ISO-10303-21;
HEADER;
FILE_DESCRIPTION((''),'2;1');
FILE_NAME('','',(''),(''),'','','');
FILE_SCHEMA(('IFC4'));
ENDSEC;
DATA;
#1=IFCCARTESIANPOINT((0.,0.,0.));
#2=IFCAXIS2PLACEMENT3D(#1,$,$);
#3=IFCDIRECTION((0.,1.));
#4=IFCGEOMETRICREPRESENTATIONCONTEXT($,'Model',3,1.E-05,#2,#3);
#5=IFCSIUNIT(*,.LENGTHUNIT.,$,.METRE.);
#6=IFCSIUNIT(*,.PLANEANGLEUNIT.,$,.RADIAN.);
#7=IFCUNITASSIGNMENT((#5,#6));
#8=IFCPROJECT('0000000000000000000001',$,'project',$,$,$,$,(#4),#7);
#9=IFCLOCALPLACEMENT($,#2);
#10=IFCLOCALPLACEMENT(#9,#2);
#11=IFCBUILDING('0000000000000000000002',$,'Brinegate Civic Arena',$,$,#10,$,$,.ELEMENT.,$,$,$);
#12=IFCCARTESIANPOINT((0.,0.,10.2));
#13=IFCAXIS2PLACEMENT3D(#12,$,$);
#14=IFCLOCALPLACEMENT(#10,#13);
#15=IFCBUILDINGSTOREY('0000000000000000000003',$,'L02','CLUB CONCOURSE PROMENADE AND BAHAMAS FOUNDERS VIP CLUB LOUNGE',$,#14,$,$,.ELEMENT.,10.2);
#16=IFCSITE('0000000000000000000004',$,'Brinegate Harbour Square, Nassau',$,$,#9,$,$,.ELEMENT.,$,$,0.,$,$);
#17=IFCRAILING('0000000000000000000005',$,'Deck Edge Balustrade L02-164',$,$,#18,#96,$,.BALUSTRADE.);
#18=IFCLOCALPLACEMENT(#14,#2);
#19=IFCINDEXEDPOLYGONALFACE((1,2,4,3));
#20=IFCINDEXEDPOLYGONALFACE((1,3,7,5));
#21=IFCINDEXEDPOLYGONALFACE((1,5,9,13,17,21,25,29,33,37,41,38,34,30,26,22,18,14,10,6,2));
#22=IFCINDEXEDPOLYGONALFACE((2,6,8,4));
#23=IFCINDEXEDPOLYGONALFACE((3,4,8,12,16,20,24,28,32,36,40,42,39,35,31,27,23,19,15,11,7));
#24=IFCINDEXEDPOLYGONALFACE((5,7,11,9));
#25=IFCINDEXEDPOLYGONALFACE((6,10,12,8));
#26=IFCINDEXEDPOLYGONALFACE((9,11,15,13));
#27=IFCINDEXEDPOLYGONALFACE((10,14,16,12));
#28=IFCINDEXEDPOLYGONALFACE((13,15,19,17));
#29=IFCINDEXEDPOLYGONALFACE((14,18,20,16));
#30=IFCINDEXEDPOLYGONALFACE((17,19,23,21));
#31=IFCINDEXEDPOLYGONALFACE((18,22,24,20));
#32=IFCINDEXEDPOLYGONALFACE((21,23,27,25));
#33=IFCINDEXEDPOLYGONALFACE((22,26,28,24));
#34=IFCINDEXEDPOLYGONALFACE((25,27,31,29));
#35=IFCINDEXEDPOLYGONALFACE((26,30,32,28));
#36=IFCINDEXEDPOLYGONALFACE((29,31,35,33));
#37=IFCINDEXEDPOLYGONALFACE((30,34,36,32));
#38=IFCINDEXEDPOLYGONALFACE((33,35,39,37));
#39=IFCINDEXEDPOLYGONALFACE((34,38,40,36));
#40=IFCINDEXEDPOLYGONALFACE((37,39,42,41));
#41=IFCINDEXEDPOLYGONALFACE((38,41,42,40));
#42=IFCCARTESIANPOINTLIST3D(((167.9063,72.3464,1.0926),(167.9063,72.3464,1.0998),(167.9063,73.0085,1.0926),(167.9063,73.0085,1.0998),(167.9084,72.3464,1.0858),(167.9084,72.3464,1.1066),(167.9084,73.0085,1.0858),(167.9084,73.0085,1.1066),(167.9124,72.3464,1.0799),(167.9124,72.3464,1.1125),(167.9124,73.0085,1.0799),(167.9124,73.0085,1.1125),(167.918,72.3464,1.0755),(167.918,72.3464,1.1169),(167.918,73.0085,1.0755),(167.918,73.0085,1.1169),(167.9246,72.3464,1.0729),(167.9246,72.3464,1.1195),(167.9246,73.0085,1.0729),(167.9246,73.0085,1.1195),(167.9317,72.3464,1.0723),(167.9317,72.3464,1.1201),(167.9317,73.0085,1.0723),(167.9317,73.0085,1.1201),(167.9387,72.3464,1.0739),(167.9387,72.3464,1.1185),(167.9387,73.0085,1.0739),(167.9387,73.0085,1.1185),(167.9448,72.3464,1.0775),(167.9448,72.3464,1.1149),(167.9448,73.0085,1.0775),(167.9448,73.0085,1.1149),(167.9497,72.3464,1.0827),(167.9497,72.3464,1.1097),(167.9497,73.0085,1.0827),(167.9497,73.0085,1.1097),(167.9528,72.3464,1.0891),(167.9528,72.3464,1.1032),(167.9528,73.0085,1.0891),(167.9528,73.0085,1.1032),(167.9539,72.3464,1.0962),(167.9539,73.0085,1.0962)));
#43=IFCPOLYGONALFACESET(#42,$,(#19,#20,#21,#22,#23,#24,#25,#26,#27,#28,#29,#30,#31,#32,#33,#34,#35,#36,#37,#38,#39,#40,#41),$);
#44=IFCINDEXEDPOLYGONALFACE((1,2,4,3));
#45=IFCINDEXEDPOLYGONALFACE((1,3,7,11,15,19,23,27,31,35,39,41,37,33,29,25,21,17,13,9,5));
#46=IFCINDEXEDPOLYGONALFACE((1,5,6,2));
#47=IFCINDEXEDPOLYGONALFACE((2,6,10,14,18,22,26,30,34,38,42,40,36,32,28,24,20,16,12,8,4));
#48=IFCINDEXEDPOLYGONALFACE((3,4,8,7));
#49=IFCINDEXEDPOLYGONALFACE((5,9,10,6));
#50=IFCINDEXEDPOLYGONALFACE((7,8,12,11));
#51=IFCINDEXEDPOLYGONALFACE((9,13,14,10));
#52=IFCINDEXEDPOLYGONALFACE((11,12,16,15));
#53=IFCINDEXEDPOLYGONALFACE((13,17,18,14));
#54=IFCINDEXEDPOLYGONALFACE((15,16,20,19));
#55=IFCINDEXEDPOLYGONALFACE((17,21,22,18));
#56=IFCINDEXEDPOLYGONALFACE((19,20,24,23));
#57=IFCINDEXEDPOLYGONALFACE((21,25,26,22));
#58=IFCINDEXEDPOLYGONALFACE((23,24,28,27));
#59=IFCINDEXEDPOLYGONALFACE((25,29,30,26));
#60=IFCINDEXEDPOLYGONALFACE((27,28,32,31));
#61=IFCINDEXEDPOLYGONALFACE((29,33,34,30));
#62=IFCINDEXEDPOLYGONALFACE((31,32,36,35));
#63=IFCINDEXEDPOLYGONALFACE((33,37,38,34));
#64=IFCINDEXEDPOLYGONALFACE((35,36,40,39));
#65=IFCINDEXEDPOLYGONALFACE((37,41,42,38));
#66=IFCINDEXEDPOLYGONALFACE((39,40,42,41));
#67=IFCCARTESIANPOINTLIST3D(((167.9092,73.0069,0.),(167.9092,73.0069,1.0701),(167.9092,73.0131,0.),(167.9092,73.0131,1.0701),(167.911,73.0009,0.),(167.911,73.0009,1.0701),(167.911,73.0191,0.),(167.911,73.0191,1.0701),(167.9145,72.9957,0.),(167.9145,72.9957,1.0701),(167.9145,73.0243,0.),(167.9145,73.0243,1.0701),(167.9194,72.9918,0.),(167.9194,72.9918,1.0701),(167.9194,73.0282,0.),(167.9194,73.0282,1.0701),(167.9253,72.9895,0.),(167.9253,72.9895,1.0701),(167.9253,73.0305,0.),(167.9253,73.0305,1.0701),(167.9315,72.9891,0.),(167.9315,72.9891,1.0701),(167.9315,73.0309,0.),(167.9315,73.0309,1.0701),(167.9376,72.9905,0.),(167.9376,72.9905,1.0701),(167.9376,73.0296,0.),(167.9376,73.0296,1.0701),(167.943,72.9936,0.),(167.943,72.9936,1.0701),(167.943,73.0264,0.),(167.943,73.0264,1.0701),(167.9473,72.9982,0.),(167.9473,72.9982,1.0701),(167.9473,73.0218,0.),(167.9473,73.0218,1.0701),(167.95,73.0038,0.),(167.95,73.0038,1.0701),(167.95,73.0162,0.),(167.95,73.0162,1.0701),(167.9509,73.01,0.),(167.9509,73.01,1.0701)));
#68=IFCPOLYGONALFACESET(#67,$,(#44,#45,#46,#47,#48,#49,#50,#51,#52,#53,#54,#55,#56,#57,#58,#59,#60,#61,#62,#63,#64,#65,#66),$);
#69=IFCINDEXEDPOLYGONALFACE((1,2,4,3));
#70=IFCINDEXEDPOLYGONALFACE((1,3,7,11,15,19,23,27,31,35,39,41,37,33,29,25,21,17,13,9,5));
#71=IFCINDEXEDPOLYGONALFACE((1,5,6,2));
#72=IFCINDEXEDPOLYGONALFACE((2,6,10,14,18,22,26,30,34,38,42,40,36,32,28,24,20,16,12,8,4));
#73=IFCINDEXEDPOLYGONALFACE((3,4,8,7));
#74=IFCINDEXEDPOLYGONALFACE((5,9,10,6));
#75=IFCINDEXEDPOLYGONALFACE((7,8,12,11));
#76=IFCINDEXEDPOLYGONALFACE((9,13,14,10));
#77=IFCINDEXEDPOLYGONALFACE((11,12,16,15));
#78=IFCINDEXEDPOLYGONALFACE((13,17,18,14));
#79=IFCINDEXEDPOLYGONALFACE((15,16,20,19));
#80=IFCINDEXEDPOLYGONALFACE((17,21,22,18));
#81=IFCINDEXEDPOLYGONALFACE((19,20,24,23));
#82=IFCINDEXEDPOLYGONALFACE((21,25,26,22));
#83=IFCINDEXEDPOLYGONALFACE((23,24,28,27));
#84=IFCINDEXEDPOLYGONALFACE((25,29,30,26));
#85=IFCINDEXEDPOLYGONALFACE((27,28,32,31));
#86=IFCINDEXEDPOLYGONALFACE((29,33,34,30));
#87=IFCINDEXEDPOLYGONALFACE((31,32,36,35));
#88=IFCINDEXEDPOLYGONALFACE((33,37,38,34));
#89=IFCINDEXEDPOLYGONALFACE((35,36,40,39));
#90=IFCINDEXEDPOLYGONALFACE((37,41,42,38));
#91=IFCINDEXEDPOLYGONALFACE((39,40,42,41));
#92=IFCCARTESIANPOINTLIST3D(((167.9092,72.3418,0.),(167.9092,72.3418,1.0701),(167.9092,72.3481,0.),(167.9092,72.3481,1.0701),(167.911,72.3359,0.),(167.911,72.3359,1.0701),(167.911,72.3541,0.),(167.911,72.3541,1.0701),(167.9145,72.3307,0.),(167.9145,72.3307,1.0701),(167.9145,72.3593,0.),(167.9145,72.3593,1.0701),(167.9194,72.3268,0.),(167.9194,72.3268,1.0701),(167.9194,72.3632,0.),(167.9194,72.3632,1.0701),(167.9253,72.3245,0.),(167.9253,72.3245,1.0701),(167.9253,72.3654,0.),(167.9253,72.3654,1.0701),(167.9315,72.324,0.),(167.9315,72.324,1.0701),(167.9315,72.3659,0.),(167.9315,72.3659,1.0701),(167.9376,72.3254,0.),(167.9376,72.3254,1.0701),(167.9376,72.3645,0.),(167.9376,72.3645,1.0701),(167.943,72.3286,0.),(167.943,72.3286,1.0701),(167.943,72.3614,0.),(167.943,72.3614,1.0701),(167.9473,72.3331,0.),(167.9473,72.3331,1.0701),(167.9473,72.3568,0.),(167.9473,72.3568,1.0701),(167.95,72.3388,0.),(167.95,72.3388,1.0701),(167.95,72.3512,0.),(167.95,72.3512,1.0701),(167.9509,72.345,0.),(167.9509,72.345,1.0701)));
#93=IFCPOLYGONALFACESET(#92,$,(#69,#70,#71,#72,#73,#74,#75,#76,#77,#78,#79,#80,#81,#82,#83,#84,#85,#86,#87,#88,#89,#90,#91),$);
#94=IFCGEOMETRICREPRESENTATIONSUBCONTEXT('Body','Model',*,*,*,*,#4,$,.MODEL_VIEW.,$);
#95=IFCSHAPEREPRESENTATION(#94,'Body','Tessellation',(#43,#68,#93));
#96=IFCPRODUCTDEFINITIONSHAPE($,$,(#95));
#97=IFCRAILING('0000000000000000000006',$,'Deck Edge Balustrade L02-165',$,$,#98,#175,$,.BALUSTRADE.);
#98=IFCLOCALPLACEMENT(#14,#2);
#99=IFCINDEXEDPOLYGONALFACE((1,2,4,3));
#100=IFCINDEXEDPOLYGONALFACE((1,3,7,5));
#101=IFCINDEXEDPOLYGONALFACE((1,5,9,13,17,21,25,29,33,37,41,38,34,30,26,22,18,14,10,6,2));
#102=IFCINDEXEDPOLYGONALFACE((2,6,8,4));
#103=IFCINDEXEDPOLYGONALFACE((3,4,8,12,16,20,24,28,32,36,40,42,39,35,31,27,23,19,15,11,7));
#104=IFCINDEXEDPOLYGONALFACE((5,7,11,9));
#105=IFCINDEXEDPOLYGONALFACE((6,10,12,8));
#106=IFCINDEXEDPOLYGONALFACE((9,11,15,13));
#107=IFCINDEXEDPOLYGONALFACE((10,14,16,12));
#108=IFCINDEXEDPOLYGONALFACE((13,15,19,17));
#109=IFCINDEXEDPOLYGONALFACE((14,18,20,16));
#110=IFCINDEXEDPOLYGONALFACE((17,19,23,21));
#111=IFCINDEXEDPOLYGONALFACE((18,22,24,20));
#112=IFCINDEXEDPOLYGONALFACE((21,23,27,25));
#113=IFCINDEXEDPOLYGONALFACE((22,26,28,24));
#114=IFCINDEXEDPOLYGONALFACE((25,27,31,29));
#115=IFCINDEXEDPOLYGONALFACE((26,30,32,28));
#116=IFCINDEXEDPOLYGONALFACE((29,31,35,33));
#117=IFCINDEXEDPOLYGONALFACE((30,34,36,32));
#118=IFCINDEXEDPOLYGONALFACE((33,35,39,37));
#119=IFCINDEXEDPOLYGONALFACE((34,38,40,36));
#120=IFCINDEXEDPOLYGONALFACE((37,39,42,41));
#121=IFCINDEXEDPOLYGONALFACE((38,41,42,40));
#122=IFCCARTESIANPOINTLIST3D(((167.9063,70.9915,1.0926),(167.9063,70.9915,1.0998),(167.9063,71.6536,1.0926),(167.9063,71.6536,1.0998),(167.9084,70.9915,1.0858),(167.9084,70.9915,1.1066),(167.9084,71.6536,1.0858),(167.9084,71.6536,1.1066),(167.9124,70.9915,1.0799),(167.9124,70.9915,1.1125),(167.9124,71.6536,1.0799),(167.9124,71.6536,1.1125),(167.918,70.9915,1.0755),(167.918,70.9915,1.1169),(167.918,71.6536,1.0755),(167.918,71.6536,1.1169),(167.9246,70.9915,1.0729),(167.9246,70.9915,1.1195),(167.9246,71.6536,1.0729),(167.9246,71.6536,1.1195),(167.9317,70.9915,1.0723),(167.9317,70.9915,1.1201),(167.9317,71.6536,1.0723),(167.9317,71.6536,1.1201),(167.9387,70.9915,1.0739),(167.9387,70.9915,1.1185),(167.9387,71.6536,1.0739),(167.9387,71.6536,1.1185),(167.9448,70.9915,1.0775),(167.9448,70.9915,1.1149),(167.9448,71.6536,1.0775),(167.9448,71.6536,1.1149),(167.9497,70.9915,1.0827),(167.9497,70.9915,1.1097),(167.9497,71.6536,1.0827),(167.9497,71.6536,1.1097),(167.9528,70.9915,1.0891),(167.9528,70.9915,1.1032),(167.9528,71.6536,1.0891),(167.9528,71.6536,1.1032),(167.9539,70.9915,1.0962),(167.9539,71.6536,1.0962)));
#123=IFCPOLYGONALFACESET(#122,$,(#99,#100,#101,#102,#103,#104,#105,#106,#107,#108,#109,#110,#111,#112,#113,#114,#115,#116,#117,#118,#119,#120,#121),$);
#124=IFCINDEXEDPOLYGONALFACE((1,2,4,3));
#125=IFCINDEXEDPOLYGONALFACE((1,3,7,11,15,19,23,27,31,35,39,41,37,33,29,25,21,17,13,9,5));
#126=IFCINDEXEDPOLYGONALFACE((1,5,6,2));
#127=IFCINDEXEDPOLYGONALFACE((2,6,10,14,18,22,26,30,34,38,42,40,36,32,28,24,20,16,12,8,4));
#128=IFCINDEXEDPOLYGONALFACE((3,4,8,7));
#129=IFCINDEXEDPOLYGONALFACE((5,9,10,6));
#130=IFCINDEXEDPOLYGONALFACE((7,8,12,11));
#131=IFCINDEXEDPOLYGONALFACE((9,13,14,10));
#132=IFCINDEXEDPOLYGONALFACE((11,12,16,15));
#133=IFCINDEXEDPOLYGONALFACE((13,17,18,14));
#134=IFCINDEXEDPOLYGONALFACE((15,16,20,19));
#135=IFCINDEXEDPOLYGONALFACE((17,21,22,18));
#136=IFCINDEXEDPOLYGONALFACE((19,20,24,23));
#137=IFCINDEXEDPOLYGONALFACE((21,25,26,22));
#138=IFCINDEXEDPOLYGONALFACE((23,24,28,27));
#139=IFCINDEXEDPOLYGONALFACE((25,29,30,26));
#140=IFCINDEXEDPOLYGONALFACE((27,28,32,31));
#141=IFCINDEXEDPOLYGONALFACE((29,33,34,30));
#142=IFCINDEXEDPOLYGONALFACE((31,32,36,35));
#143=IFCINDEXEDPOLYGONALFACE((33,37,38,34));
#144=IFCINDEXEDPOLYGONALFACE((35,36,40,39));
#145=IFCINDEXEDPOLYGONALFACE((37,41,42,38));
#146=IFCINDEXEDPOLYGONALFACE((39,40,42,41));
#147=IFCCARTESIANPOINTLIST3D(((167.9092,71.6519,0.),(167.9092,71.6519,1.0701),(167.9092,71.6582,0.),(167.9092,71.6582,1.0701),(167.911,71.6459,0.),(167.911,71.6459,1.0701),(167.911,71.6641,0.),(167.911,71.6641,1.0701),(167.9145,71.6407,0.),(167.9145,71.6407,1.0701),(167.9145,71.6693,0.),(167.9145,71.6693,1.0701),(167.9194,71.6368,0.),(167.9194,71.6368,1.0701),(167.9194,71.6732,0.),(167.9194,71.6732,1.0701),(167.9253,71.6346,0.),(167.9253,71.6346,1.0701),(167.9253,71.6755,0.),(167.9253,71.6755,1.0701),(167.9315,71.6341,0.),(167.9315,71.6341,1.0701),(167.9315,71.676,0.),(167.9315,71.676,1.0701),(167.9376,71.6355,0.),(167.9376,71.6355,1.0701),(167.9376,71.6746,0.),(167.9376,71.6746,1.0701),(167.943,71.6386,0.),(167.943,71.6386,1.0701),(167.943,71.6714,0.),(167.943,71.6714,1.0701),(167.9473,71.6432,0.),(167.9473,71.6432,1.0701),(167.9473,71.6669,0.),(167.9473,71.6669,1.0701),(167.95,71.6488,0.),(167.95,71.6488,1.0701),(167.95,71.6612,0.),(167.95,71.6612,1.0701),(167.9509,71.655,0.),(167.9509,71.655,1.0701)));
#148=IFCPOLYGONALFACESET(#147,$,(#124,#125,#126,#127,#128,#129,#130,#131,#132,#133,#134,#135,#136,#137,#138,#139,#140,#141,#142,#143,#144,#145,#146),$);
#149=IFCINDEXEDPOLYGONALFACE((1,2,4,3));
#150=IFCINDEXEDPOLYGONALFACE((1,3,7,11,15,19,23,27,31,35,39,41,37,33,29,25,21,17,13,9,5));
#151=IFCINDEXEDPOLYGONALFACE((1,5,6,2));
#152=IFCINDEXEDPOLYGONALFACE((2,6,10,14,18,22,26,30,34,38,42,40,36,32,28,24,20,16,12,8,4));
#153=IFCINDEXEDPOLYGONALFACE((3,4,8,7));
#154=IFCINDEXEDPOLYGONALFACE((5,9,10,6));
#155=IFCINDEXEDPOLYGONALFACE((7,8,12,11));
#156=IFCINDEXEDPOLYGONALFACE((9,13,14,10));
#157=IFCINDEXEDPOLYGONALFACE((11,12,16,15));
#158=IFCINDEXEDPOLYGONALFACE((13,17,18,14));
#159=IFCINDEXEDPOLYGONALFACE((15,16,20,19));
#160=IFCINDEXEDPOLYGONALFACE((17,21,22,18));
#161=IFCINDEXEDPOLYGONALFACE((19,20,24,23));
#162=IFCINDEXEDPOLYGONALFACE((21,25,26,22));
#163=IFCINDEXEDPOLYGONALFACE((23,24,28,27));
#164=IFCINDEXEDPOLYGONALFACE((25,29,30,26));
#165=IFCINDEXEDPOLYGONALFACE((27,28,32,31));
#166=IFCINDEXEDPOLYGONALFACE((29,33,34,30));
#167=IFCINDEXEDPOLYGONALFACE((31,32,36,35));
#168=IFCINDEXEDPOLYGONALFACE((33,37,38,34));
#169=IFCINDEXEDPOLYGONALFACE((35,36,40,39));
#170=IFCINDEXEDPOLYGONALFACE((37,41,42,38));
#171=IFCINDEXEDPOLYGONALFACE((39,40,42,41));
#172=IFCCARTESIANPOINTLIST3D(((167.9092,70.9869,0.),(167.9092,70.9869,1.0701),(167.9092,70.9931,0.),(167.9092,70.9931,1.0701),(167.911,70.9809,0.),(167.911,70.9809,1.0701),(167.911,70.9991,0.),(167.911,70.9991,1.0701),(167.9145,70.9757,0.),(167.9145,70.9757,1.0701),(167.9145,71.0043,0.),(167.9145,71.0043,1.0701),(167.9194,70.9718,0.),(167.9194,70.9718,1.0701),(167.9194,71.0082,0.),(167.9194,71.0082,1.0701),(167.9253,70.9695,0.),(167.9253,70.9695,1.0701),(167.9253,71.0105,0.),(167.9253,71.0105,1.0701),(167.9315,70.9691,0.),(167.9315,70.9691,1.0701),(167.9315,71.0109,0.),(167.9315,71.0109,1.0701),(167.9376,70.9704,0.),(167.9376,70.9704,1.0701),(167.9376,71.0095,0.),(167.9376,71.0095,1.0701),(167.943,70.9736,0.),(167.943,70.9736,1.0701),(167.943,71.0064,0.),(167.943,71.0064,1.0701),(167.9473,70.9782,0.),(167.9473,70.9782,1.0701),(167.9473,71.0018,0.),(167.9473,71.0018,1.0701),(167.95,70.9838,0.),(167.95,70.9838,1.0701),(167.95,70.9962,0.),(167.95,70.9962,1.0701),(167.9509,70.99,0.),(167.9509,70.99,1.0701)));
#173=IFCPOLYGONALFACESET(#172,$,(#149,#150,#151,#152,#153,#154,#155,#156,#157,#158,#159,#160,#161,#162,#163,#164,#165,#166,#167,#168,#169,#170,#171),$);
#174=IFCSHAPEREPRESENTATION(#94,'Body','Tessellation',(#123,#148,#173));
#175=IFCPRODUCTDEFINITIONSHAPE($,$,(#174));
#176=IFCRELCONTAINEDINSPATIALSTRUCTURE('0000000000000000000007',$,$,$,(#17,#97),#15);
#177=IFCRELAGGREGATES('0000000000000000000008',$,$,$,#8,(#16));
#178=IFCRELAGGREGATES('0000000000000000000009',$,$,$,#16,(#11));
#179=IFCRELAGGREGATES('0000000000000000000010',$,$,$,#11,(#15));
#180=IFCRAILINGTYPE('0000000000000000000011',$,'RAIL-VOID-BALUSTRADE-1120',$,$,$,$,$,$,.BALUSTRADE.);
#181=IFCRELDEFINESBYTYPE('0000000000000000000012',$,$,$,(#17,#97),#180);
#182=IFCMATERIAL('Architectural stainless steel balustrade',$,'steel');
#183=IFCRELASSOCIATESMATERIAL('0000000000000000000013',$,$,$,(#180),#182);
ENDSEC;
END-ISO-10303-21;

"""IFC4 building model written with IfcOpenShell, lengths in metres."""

from ifc_helpers import new_model, si_unit, direction, frame, origin, origin_2d, place, context, subcontext, project, spatial, circle, extrude, material, type_object, element, save


model = new_model("IFC4")

# Units and contexts
model_context = context("Model", 3, precision=1e-05, world=origin(), true_north=direction((0.0, 1.0)))
body_context = subcontext(model_context, "Body", "Model", "MODEL_VIEW")
ifc_project = project(units=[si_unit("LENGTHUNIT", "METRE"), si_unit("PLANEANGLEUNIT", "RADIAN")], contexts=[model_context])

# Site, building, storey
site_placement = place(None, origin())
site = spatial("IfcSite", under=ifc_project, at=site_placement, Name="Brinegate Harbour Square, Nassau", CompositionType="ELEMENT", RefElevation=0.0)
building_placement = place(site_placement, origin())
building = spatial("IfcBuilding", under=site, at=building_placement, Name="Brinegate Civic Arena", CompositionType="ELEMENT")
storey_placement = place(building_placement, frame((0.0, 0.0, 10.2)))
storey = spatial("IfcBuildingStorey", under=building, at=storey_placement, Name="L02", Description="CLUB CONCOURSE PROMENADE AND BAHAMAS FOUNDERS VIP CLUB LOUNGE", CompositionType="ELEMENT", Elevation=10.2)

# Railings
ifc_material_1 = material(Name="Architectural stainless steel balustrade", Category="steel")
railing_type = type_object("IfcRailingType", Name="RAIL-VOID-BALUSTRADE-1120", PredefinedType="BALUSTRADE", material=ifc_material_1)
for number, where, name in (
    (1, (167.9299, 73.01, 0.0), "Deck Edge Balustrade L02-164"),
    (2, (167.9299, 71.655, 0.0), "Deck Edge Balustrade L02-165"),
):
    element("IfcRailing", number, at=place(storey_placement, frame(where)), inside=storey, type_object=railing_type, Name=name, PredefinedType="BALUSTRADE", context=body_context, shape_type="SweptSolid", body=[
        extrude(circle(Radius=0.0239, at=origin_2d()), frame((0.0, -0.0015, 1.0962), z_axis=(0.0, -1.0, 0.0), x_axis=(1.0, 0.0, 0.0)), (0.0, 0.0, 1.0), 0.6621),
        extrude(circle(Radius=0.021, at=origin_2d()), origin(), (0.0, 0.0, 1.0), 1.0701),
        extrude(circle(Radius=0.021, at=origin_2d()), frame((0.0, -0.665, 0.0)), (0.0, 0.0, 1.0), 1.0701),
    ])

save(model, "model.ifc")
